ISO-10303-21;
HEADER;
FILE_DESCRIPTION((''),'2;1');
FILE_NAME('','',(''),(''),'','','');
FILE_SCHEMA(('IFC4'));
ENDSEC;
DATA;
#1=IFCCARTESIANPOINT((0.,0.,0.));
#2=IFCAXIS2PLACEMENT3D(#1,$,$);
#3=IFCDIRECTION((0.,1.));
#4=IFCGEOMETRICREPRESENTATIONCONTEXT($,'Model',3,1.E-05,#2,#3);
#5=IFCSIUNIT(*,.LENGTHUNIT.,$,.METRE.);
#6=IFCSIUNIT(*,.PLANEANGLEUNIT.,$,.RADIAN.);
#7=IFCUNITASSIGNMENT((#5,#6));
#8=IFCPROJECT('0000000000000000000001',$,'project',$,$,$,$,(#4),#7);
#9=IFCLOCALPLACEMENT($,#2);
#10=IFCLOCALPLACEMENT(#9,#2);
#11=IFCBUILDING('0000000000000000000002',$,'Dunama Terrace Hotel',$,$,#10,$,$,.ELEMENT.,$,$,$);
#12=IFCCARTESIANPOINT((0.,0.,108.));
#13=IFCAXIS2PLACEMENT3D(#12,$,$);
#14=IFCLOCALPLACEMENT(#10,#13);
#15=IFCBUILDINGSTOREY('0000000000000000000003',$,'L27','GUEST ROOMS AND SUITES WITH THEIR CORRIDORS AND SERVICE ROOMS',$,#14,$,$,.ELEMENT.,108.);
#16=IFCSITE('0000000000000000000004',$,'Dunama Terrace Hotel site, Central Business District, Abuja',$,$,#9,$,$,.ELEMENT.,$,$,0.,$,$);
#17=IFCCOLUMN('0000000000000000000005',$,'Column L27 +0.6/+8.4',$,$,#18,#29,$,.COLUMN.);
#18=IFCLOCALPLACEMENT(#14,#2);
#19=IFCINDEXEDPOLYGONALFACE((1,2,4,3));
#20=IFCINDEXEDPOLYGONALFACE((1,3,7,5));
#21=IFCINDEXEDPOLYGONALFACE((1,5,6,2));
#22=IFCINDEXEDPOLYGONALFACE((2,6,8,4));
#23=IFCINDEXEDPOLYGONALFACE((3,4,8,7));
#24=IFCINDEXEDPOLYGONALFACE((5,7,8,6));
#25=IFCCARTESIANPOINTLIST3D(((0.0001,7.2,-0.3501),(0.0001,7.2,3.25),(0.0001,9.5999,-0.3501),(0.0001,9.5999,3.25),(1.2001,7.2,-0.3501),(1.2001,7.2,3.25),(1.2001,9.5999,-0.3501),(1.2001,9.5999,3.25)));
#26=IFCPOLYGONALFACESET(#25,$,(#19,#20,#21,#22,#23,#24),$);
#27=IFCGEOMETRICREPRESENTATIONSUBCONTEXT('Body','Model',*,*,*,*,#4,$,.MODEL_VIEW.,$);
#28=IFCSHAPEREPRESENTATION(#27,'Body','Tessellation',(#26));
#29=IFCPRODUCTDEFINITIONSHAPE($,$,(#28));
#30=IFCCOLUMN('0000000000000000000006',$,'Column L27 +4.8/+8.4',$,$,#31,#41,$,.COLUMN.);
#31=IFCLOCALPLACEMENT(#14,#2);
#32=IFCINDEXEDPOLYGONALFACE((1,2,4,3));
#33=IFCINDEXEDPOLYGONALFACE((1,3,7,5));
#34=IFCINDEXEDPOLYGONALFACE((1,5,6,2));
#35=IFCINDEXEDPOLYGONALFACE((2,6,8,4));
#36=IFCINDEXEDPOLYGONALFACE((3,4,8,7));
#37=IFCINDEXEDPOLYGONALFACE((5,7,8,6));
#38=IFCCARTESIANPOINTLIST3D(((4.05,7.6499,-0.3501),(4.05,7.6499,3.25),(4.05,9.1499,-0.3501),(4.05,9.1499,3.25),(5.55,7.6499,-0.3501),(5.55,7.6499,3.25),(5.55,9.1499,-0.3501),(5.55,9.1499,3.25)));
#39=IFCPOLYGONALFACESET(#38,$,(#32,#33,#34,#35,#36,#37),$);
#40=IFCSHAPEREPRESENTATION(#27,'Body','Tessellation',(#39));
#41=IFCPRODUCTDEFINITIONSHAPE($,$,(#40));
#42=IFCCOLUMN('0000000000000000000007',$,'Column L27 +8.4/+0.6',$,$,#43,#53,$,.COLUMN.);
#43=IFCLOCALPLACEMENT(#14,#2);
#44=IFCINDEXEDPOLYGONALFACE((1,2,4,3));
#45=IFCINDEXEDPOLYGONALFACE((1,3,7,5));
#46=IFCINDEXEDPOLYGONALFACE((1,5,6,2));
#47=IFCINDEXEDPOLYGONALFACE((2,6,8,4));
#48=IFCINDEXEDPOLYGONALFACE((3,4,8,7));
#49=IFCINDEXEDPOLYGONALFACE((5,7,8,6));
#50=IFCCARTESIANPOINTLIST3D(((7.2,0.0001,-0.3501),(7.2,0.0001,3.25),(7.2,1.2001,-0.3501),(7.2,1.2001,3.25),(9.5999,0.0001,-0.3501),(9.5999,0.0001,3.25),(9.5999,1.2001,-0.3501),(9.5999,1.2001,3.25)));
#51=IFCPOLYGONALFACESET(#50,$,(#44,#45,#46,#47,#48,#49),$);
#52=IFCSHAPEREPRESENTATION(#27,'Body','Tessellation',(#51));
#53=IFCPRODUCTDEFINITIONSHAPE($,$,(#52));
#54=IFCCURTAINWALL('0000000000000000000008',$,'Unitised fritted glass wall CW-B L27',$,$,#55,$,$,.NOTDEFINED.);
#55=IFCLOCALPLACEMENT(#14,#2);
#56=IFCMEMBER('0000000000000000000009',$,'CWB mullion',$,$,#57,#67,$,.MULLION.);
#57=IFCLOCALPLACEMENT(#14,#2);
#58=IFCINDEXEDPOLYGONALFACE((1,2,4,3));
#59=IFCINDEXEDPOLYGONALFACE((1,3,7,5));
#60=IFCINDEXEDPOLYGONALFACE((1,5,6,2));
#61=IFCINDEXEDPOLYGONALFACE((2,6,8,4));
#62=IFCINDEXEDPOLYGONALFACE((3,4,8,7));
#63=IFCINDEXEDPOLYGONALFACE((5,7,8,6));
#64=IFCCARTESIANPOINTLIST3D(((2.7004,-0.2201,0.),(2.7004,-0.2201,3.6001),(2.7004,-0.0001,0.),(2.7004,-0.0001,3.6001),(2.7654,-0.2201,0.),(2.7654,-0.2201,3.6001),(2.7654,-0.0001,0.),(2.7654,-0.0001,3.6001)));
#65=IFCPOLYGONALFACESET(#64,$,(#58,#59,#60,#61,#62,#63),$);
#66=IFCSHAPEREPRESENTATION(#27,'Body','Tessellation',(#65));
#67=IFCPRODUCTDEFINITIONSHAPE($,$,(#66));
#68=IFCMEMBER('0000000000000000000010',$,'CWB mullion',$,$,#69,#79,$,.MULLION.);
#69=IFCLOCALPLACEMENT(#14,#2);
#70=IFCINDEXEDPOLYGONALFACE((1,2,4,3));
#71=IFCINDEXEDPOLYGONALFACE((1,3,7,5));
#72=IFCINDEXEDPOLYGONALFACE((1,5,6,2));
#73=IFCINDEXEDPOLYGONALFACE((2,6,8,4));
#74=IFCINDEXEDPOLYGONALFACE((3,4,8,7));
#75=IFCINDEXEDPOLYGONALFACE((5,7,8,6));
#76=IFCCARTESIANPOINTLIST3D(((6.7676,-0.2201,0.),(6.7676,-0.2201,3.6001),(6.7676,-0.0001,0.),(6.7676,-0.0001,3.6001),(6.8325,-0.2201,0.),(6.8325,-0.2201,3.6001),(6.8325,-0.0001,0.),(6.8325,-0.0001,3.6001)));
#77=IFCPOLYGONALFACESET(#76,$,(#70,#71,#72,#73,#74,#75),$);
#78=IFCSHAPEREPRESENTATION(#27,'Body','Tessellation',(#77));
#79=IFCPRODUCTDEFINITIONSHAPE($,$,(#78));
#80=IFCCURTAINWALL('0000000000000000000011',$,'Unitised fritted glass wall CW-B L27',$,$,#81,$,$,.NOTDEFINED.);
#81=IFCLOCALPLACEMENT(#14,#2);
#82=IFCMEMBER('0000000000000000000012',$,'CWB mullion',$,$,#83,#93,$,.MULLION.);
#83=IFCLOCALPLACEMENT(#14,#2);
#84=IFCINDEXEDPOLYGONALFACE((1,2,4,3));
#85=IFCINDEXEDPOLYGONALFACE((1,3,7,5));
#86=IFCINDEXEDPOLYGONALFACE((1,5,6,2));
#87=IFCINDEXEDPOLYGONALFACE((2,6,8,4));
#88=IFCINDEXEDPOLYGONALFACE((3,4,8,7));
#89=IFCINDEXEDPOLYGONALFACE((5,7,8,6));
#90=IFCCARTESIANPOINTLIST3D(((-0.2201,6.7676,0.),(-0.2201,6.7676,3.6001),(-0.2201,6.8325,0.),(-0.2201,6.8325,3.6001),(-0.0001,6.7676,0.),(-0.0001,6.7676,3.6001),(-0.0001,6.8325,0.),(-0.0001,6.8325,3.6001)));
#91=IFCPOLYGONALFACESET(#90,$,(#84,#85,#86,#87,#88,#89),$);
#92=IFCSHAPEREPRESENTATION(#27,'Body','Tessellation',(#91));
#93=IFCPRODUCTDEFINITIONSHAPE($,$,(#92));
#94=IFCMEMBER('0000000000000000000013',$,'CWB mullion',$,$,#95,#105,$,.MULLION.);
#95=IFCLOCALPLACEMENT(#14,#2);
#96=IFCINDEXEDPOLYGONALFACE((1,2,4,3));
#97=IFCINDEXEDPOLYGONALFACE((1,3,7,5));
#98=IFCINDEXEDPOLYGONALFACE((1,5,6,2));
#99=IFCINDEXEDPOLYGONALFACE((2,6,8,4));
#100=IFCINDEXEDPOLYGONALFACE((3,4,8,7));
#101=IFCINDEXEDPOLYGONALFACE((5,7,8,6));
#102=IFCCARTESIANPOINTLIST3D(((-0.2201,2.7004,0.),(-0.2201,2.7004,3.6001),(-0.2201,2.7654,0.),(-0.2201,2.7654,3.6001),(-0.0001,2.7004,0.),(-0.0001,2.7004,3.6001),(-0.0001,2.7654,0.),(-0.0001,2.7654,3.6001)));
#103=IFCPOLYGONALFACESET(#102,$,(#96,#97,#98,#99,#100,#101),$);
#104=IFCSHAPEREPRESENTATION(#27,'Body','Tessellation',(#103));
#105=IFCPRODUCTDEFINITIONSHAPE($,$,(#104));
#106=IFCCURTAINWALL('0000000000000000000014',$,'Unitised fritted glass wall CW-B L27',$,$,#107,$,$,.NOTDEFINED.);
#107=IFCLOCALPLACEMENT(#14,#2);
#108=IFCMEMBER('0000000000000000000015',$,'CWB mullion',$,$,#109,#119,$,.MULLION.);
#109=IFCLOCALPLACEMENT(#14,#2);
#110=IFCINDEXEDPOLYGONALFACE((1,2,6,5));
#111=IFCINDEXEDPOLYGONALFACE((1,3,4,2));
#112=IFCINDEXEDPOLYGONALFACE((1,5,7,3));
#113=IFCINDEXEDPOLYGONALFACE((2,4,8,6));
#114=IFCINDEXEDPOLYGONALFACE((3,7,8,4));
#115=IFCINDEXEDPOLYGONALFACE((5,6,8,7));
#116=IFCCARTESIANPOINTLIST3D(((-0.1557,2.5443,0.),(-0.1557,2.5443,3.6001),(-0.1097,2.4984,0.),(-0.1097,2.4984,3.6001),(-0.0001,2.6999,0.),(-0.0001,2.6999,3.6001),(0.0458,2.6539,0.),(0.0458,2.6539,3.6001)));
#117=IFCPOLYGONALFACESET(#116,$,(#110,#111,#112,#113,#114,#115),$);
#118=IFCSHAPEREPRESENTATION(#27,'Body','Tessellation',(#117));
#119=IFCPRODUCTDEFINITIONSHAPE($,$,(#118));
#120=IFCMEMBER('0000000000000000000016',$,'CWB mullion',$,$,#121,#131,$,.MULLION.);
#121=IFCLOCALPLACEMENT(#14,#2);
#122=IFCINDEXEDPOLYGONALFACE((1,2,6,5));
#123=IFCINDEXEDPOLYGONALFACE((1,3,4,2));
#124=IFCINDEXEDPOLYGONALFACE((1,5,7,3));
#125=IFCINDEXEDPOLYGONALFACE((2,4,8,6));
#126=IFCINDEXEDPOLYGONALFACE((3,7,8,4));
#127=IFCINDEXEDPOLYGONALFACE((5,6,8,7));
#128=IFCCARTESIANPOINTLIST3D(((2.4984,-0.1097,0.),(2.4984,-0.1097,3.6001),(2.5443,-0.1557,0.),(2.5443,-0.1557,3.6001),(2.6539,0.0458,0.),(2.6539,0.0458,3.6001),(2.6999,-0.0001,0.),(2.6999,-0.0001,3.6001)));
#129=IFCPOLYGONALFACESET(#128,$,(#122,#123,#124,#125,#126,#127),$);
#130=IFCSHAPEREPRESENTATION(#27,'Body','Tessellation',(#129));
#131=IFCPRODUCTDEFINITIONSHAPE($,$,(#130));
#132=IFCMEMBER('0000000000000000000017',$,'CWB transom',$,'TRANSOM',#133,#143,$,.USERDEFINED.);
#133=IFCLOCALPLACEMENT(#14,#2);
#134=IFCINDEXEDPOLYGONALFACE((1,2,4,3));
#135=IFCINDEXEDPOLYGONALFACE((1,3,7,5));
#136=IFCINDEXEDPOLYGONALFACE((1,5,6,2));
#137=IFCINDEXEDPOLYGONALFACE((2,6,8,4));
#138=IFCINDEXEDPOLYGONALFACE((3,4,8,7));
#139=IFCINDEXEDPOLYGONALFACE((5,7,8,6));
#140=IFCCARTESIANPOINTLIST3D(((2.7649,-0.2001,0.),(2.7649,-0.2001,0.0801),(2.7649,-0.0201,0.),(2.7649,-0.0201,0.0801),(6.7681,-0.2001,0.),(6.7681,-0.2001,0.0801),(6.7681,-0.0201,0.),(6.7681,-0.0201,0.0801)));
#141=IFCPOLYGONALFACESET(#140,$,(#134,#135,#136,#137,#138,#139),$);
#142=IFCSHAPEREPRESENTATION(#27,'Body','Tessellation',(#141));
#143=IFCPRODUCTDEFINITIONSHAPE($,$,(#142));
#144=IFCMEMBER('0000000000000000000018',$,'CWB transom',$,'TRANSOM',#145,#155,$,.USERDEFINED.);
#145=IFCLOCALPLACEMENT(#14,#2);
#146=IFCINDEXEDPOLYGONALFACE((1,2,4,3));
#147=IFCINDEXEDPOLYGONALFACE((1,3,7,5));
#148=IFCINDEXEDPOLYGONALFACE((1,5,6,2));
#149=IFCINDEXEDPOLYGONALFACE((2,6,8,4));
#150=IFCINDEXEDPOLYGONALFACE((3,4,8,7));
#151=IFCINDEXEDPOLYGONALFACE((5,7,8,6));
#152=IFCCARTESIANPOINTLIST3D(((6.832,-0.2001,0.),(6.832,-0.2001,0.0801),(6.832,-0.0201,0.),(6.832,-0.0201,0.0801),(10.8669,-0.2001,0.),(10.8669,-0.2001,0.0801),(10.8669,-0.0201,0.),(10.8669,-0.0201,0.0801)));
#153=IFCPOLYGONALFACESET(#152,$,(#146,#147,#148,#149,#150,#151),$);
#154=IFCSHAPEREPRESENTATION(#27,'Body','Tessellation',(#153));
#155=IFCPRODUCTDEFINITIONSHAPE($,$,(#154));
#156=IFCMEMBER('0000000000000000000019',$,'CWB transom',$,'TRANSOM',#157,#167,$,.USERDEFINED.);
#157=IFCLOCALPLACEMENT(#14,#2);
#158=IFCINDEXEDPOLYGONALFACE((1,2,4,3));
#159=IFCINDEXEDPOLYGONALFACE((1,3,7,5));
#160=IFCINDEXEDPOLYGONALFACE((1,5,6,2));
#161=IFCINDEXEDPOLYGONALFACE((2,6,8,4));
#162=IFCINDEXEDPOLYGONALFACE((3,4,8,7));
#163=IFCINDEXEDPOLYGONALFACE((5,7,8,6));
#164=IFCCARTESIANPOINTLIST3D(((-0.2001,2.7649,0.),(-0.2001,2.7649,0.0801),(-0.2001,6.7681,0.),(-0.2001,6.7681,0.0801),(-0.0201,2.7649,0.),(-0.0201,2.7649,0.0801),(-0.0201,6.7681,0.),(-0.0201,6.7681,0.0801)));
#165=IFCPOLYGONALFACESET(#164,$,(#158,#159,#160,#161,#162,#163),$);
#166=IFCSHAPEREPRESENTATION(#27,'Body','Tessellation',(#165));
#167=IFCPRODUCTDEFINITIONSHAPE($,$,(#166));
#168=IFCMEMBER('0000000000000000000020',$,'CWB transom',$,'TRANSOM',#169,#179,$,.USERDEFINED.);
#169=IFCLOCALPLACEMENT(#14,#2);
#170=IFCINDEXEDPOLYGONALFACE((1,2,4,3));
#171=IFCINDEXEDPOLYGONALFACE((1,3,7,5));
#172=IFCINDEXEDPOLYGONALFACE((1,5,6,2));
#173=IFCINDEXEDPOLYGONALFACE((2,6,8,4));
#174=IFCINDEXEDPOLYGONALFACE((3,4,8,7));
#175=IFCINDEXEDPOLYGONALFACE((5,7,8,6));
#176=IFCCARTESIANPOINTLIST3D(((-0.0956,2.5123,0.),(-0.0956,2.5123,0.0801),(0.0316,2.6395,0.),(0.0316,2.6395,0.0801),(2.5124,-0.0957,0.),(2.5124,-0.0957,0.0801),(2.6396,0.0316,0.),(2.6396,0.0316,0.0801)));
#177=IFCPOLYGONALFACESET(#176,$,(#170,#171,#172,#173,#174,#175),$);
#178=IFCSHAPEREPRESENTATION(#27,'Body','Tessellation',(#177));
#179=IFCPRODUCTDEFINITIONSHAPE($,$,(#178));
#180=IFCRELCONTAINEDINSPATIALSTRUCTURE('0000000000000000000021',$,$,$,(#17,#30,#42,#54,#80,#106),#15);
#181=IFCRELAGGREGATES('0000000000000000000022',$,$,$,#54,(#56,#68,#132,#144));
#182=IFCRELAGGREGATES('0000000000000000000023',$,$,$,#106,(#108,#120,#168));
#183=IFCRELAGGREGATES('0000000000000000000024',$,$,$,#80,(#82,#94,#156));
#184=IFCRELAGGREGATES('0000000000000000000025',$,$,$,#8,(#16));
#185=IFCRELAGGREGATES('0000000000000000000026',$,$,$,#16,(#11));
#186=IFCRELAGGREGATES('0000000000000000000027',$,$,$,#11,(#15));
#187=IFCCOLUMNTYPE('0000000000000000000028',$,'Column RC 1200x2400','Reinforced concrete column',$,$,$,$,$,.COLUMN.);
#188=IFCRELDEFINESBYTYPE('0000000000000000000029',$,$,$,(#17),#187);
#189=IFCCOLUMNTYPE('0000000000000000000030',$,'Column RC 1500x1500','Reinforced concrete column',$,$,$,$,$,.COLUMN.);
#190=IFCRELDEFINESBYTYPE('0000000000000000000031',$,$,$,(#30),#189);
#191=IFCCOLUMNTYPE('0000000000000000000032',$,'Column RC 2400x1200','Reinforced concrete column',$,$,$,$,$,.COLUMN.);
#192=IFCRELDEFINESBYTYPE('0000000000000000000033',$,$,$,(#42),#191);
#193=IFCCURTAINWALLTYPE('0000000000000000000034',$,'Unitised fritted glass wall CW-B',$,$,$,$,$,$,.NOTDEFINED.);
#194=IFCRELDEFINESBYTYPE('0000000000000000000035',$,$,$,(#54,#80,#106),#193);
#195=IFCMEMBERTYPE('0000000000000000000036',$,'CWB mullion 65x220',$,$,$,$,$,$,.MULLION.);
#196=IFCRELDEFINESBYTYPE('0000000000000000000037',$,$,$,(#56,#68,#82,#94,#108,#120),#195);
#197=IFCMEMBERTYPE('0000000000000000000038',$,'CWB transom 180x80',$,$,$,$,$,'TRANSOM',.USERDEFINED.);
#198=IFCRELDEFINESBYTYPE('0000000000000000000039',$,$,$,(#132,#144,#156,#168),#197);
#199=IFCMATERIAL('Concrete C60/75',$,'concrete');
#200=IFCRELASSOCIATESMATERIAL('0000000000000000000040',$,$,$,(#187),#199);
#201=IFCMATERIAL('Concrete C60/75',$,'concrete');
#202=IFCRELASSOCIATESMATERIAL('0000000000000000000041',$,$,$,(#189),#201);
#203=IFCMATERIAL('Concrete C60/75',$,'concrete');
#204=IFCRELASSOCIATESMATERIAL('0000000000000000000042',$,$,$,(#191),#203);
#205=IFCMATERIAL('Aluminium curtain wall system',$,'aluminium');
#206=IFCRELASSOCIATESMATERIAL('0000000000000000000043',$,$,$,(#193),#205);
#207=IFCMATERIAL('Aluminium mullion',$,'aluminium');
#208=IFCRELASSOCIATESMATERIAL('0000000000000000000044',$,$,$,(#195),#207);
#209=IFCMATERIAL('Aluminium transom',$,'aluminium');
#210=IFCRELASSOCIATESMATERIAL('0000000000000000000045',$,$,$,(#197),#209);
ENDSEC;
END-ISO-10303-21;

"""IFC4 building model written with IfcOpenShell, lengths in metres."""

from ifc_helpers import new_model, si_unit, direction, frame, origin, origin_2d, place, context, subcontext, project, spatial, rectangle, extrude, material, material_profile, profile_set, type_object, element, aggregate, save


model = new_model("IFC4")

# Units and contexts
model_context = context("Model", 3, precision=1e-05, world=origin(), true_north=direction((0.0, 1.0)))
body_context = subcontext(model_context, "Body", "Model", "MODEL_VIEW")
ifc_project = project(units=[si_unit("LENGTHUNIT", "METRE"), si_unit("PLANEANGLEUNIT", "RADIAN")], contexts=[model_context])

# Site, building, storey
site_placement = place(None, origin())
site = spatial("IfcSite", under=ifc_project, at=site_placement, Name="Dunama Terrace Hotel site, Central Business District, Abuja", CompositionType="ELEMENT", RefElevation=0.0)
building_placement = place(site_placement, origin())
building = spatial("IfcBuilding", under=site, at=building_placement, Name="Dunama Terrace Hotel", CompositionType="ELEMENT")
storey_placement = place(building_placement, frame((0.0, 0.0, 108.0)))
storey = spatial("IfcBuildingStorey", under=building, at=storey_placement, Name="L27", Description="GUEST ROOMS AND SUITES WITH THEIR CORRIDORS AND SERVICE ROOMS", CompositionType="ELEMENT", Elevation=108.0)

# Columns
ifc_material_1 = material(Name="Concrete C60/75", Category="concrete")
ifc_material_profile_1 = material_profile(ifc_material_1, rectangle(XDim=1.2, YDim=2.3999, at=origin_2d()), Name="RC 1200x2400")
ifc_profile_set_1 = profile_set([ifc_material_profile_1], Name="Concrete C60/75")
column_type_1 = type_object("IfcColumnType", Name="Column RC 1200x2400", Description="Reinforced concrete column", PredefinedType="COLUMN", material=ifc_profile_set_1)
column_1_placement = place(storey_placement, frame((0.6001, 8.3999, -0.3501), z_axis=(0.0, 0.0, 1.0), x_axis=(1.0, 0.0, 0.0)))
element("IfcColumn", 1, at=column_1_placement, inside=storey, type_object=column_type_1, Name="Column L27 +0.6/+8.4", PredefinedType="COLUMN", context=body_context, shape_type="SweptSolid", body=[
    extrude(rectangle(XDim=1.2, YDim=2.3999, at=origin_2d()), origin(), (0.0, 0.0, 1.0), 3.6001),
])
ifc_material_2 = material(Name="Concrete C60/75", Category="concrete")
ifc_material_profile_2 = material_profile(ifc_material_2, rectangle(XDim=1.5, YDim=1.5, at=origin_2d()), Name="RC 1500x1500")
ifc_profile_set_2 = profile_set([ifc_material_profile_2], Name="Concrete C60/75")
column_type_2 = type_object("IfcColumnType", Name="Column RC 1500x1500", Description="Reinforced concrete column", PredefinedType="COLUMN", material=ifc_profile_set_2)
column_2_placement = place(storey_placement, frame((4.8, 8.3999, -0.3501), z_axis=(0.0, 0.0, 1.0), x_axis=(1.0, 0.0, 0.0)))
element("IfcColumn", 2, at=column_2_placement, inside=storey, type_object=column_type_2, Name="Column L27 +4.8/+8.4", PredefinedType="COLUMN", context=body_context, shape_type="SweptSolid", body=[
    extrude(rectangle(XDim=1.5, YDim=1.5, at=origin_2d()), origin(), (0.0, 0.0, 1.0), 3.6001),
])
ifc_material_3 = material(Name="Concrete C60/75", Category="concrete")
ifc_material_profile_3 = material_profile(ifc_material_3, rectangle(XDim=2.3999, YDim=1.2, at=origin_2d()), Name="RC 2400x1200")
ifc_profile_set_3 = profile_set([ifc_material_profile_3], Name="Concrete C60/75")
column_type_3 = type_object("IfcColumnType", Name="Column RC 2400x1200", Description="Reinforced concrete column", PredefinedType="COLUMN", material=ifc_profile_set_3)
column_3_placement = place(storey_placement, frame((8.3999, 0.6001, -0.3501), z_axis=(0.0, 0.0, 1.0), x_axis=(1.0, 0.0, 0.0)))
element("IfcColumn", 3, at=column_3_placement, inside=storey, type_object=column_type_3, Name="Column L27 +8.4/+0.6", PredefinedType="COLUMN", context=body_context, shape_type="SweptSolid", body=[
    extrude(rectangle(XDim=2.3999, YDim=1.2, at=origin_2d()), origin(), (0.0, 0.0, 1.0), 3.6001),
])

# Curtain walls, members
ifc_material_4 = material(Name="Aluminium curtain wall system", Category="aluminium")
curtain_wall_type = type_object("IfcCurtainWallType", Name="Unitised fritted glass wall CW-B", PredefinedType="NOTDEFINED", material=ifc_material_4)
curtain_wall_1_placement = place(storey_placement, origin())
curtain_wall_1 = element("IfcCurtainWall", 4, at=curtain_wall_1_placement, inside=storey, type_object=curtain_wall_type, Name="Unitised fritted glass wall CW-B L27", PredefinedType="NOTDEFINED")
ifc_material_5 = material(Name="Aluminium mullion", Category="aluminium")
ifc_material_profile_4 = material_profile(ifc_material_5, rectangle(XDim=0.0649, YDim=0.22, at=origin_2d()), Name="CWB MULLION 65X220")
ifc_profile_set_4 = profile_set([ifc_material_profile_4], Name="Aluminium mullion")
member_type_1 = type_object("IfcMemberType", Name="CWB mullion 65x220", PredefinedType="MULLION", material=ifc_profile_set_4)
member_1_placement = place(storey_placement, frame((2.7329, -0.1101, 0.0), z_axis=(0.0, 0.0, 1.0), x_axis=(1.0, 0.0, 0.0)))
member_1 = element("IfcMember", 5, at=member_1_placement, type_object=member_type_1, Name="CWB mullion", PredefinedType="MULLION", context=body_context, shape_type="SweptSolid", body=[
    extrude(rectangle(XDim=0.0649, YDim=0.22, at=origin_2d()), origin(), (0.0, 0.0, 1.0), 3.6001),
])
member_2_placement = place(storey_placement, frame((6.8, -0.1101, 0.0), z_axis=(0.0, 0.0, 1.0), x_axis=(1.0, 0.0, 0.0)))
member_2 = element("IfcMember", 6, at=member_2_placement, type_object=member_type_1, Name="CWB mullion", PredefinedType="MULLION", context=body_context, shape_type="SweptSolid", body=[
    extrude(rectangle(XDim=0.0649, YDim=0.22, at=origin_2d()), origin(), (0.0, 0.0, 1.0), 3.6001),
])
curtain_wall_2_placement = place(storey_placement, origin())
curtain_wall_2 = element("IfcCurtainWall", 7, at=curtain_wall_2_placement, inside=storey, type_object=curtain_wall_type, Name="Unitised fritted glass wall CW-B L27", PredefinedType="NOTDEFINED")
member_3_placement = place(storey_placement, frame((-0.1101, 6.8, 0.0), z_axis=(0.0, 0.0, 1.0), x_axis=(0.0, -1.0, 0.0)))
member_3 = element("IfcMember", 8, at=member_3_placement, type_object=member_type_1, Name="CWB mullion", PredefinedType="MULLION", context=body_context, shape_type="SweptSolid", body=[
    extrude(rectangle(XDim=0.0649, YDim=0.22, at=origin_2d()), origin(), (0.0, 0.0, 1.0), 3.6001),
])
member_4_placement = place(storey_placement, frame((-0.1101, 2.7329, 0.0), z_axis=(0.0, 0.0, 1.0), x_axis=(0.0, -1.0, 0.0)))
member_4 = element("IfcMember", 9, at=member_4_placement, type_object=member_type_1, Name="CWB mullion", PredefinedType="MULLION", context=body_context, shape_type="SweptSolid", body=[
    extrude(rectangle(XDim=0.0649, YDim=0.22, at=origin_2d()), origin(), (0.0, 0.0, 1.0), 3.6001),
])
curtain_wall_3_placement = place(storey_placement, origin())
curtain_wall_3 = element("IfcCurtainWall", 10, at=curtain_wall_3_placement, inside=storey, type_object=curtain_wall_type, Name="Unitised fritted glass wall CW-B L27", PredefinedType="NOTDEFINED")
member_5_placement = place(storey_placement, frame((-0.0549, 2.5991, 0.0), z_axis=(0.0, 0.0, 1.0), x_axis=(0.707107, -0.707107, 0.0)))
member_5 = element("IfcMember", 11, at=member_5_placement, type_object=member_type_1, Name="CWB mullion", PredefinedType="MULLION", context=body_context, shape_type="SweptSolid", body=[
    extrude(rectangle(XDim=0.0649, YDim=0.22, at=origin_2d()), origin(), (0.0, 0.0, 1.0), 3.6001),
])
member_6_placement = place(storey_placement, frame((2.5991, -0.0549, 0.0), z_axis=(0.0, 0.0, 1.0), x_axis=(0.707107, -0.707107, 0.0)))
member_6 = element("IfcMember", 12, at=member_6_placement, type_object=member_type_1, Name="CWB mullion", PredefinedType="MULLION", context=body_context, shape_type="SweptSolid", body=[
    extrude(rectangle(XDim=0.0649, YDim=0.22, at=origin_2d()), origin(), (0.0, 0.0, 1.0), 3.6001),
])

# Members
ifc_material_6 = material(Name="Aluminium transom", Category="aluminium")
ifc_material_profile_5 = material_profile(ifc_material_6, rectangle(XDim=0.1799, YDim=0.0801, at=origin_2d()), Name="CWB TRANSOM 180X80")
ifc_profile_set_5 = profile_set([ifc_material_profile_5], Name="Aluminium transom")
member_type_2 = type_object("IfcMemberType", Name="CWB transom 180x80", ElementType="TRANSOM", PredefinedType="USERDEFINED", material=ifc_profile_set_5)
member_7_placement = place(storey_placement, frame((2.7649, -0.1101, 0.04), z_axis=(1.0, 0.0, 0.0), x_axis=(0.0, 1.0, 0.0)))
member_7 = element("IfcMember", 13, at=member_7_placement, type_object=member_type_2, Name="CWB transom", ObjectType="TRANSOM", PredefinedType="USERDEFINED", context=body_context, shape_type="SweptSolid", body=[
    extrude(rectangle(XDim=0.1799, YDim=0.0801, at=origin_2d()), origin(), (0.0, 0.0, 1.0), 4.0032),
])
member_8_placement = place(storey_placement, frame((6.832, -0.1101, 0.04), z_axis=(1.0, 0.0, 0.0), x_axis=(0.0, 1.0, 0.0)))
member_8 = element("IfcMember", 14, at=member_8_placement, type_object=member_type_2, Name="CWB transom", ObjectType="TRANSOM", PredefinedType="USERDEFINED", context=body_context, shape_type="SweptSolid", body=[
    extrude(rectangle(XDim=0.1799, YDim=0.0801, at=origin_2d()), origin(), (0.0, 0.0, 1.0), 4.0349),
])
member_9_placement = place(storey_placement, frame((-0.1101, 6.7681, 0.04), z_axis=(0.0, -1.0, 0.0), x_axis=(1.0, 0.0, 0.0)))
member_9 = element("IfcMember", 15, at=member_9_placement, type_object=member_type_2, Name="CWB transom", ObjectType="TRANSOM", PredefinedType="USERDEFINED", context=body_context, shape_type="SweptSolid", body=[
    extrude(rectangle(XDim=0.1799, YDim=0.0801, at=origin_2d()), origin(), (0.0, 0.0, 1.0), 4.0032),
])
member_10_placement = place(storey_placement, frame((-0.032, 2.5759, 0.04), z_axis=(0.707107, -0.707107, 0.0), x_axis=(0.707107, 0.707107, 0.0)))
member_10 = element("IfcMember", 16, at=member_10_placement, type_object=member_type_2, Name="CWB transom", ObjectType="TRANSOM", PredefinedType="USERDEFINED", context=body_context, shape_type="SweptSolid", body=[
    extrude(rectangle(XDim=0.1799, YDim=0.0801, at=origin_2d()), origin(), (0.0, 0.0, 1.0), 3.6882),
])

aggregate(curtain_wall_1, [member_1, member_2, member_7, member_8])
aggregate(curtain_wall_3, [member_5, member_6, member_10])
aggregate(curtain_wall_2, [member_3, member_4, member_9])

save(model, "model.ifc")
